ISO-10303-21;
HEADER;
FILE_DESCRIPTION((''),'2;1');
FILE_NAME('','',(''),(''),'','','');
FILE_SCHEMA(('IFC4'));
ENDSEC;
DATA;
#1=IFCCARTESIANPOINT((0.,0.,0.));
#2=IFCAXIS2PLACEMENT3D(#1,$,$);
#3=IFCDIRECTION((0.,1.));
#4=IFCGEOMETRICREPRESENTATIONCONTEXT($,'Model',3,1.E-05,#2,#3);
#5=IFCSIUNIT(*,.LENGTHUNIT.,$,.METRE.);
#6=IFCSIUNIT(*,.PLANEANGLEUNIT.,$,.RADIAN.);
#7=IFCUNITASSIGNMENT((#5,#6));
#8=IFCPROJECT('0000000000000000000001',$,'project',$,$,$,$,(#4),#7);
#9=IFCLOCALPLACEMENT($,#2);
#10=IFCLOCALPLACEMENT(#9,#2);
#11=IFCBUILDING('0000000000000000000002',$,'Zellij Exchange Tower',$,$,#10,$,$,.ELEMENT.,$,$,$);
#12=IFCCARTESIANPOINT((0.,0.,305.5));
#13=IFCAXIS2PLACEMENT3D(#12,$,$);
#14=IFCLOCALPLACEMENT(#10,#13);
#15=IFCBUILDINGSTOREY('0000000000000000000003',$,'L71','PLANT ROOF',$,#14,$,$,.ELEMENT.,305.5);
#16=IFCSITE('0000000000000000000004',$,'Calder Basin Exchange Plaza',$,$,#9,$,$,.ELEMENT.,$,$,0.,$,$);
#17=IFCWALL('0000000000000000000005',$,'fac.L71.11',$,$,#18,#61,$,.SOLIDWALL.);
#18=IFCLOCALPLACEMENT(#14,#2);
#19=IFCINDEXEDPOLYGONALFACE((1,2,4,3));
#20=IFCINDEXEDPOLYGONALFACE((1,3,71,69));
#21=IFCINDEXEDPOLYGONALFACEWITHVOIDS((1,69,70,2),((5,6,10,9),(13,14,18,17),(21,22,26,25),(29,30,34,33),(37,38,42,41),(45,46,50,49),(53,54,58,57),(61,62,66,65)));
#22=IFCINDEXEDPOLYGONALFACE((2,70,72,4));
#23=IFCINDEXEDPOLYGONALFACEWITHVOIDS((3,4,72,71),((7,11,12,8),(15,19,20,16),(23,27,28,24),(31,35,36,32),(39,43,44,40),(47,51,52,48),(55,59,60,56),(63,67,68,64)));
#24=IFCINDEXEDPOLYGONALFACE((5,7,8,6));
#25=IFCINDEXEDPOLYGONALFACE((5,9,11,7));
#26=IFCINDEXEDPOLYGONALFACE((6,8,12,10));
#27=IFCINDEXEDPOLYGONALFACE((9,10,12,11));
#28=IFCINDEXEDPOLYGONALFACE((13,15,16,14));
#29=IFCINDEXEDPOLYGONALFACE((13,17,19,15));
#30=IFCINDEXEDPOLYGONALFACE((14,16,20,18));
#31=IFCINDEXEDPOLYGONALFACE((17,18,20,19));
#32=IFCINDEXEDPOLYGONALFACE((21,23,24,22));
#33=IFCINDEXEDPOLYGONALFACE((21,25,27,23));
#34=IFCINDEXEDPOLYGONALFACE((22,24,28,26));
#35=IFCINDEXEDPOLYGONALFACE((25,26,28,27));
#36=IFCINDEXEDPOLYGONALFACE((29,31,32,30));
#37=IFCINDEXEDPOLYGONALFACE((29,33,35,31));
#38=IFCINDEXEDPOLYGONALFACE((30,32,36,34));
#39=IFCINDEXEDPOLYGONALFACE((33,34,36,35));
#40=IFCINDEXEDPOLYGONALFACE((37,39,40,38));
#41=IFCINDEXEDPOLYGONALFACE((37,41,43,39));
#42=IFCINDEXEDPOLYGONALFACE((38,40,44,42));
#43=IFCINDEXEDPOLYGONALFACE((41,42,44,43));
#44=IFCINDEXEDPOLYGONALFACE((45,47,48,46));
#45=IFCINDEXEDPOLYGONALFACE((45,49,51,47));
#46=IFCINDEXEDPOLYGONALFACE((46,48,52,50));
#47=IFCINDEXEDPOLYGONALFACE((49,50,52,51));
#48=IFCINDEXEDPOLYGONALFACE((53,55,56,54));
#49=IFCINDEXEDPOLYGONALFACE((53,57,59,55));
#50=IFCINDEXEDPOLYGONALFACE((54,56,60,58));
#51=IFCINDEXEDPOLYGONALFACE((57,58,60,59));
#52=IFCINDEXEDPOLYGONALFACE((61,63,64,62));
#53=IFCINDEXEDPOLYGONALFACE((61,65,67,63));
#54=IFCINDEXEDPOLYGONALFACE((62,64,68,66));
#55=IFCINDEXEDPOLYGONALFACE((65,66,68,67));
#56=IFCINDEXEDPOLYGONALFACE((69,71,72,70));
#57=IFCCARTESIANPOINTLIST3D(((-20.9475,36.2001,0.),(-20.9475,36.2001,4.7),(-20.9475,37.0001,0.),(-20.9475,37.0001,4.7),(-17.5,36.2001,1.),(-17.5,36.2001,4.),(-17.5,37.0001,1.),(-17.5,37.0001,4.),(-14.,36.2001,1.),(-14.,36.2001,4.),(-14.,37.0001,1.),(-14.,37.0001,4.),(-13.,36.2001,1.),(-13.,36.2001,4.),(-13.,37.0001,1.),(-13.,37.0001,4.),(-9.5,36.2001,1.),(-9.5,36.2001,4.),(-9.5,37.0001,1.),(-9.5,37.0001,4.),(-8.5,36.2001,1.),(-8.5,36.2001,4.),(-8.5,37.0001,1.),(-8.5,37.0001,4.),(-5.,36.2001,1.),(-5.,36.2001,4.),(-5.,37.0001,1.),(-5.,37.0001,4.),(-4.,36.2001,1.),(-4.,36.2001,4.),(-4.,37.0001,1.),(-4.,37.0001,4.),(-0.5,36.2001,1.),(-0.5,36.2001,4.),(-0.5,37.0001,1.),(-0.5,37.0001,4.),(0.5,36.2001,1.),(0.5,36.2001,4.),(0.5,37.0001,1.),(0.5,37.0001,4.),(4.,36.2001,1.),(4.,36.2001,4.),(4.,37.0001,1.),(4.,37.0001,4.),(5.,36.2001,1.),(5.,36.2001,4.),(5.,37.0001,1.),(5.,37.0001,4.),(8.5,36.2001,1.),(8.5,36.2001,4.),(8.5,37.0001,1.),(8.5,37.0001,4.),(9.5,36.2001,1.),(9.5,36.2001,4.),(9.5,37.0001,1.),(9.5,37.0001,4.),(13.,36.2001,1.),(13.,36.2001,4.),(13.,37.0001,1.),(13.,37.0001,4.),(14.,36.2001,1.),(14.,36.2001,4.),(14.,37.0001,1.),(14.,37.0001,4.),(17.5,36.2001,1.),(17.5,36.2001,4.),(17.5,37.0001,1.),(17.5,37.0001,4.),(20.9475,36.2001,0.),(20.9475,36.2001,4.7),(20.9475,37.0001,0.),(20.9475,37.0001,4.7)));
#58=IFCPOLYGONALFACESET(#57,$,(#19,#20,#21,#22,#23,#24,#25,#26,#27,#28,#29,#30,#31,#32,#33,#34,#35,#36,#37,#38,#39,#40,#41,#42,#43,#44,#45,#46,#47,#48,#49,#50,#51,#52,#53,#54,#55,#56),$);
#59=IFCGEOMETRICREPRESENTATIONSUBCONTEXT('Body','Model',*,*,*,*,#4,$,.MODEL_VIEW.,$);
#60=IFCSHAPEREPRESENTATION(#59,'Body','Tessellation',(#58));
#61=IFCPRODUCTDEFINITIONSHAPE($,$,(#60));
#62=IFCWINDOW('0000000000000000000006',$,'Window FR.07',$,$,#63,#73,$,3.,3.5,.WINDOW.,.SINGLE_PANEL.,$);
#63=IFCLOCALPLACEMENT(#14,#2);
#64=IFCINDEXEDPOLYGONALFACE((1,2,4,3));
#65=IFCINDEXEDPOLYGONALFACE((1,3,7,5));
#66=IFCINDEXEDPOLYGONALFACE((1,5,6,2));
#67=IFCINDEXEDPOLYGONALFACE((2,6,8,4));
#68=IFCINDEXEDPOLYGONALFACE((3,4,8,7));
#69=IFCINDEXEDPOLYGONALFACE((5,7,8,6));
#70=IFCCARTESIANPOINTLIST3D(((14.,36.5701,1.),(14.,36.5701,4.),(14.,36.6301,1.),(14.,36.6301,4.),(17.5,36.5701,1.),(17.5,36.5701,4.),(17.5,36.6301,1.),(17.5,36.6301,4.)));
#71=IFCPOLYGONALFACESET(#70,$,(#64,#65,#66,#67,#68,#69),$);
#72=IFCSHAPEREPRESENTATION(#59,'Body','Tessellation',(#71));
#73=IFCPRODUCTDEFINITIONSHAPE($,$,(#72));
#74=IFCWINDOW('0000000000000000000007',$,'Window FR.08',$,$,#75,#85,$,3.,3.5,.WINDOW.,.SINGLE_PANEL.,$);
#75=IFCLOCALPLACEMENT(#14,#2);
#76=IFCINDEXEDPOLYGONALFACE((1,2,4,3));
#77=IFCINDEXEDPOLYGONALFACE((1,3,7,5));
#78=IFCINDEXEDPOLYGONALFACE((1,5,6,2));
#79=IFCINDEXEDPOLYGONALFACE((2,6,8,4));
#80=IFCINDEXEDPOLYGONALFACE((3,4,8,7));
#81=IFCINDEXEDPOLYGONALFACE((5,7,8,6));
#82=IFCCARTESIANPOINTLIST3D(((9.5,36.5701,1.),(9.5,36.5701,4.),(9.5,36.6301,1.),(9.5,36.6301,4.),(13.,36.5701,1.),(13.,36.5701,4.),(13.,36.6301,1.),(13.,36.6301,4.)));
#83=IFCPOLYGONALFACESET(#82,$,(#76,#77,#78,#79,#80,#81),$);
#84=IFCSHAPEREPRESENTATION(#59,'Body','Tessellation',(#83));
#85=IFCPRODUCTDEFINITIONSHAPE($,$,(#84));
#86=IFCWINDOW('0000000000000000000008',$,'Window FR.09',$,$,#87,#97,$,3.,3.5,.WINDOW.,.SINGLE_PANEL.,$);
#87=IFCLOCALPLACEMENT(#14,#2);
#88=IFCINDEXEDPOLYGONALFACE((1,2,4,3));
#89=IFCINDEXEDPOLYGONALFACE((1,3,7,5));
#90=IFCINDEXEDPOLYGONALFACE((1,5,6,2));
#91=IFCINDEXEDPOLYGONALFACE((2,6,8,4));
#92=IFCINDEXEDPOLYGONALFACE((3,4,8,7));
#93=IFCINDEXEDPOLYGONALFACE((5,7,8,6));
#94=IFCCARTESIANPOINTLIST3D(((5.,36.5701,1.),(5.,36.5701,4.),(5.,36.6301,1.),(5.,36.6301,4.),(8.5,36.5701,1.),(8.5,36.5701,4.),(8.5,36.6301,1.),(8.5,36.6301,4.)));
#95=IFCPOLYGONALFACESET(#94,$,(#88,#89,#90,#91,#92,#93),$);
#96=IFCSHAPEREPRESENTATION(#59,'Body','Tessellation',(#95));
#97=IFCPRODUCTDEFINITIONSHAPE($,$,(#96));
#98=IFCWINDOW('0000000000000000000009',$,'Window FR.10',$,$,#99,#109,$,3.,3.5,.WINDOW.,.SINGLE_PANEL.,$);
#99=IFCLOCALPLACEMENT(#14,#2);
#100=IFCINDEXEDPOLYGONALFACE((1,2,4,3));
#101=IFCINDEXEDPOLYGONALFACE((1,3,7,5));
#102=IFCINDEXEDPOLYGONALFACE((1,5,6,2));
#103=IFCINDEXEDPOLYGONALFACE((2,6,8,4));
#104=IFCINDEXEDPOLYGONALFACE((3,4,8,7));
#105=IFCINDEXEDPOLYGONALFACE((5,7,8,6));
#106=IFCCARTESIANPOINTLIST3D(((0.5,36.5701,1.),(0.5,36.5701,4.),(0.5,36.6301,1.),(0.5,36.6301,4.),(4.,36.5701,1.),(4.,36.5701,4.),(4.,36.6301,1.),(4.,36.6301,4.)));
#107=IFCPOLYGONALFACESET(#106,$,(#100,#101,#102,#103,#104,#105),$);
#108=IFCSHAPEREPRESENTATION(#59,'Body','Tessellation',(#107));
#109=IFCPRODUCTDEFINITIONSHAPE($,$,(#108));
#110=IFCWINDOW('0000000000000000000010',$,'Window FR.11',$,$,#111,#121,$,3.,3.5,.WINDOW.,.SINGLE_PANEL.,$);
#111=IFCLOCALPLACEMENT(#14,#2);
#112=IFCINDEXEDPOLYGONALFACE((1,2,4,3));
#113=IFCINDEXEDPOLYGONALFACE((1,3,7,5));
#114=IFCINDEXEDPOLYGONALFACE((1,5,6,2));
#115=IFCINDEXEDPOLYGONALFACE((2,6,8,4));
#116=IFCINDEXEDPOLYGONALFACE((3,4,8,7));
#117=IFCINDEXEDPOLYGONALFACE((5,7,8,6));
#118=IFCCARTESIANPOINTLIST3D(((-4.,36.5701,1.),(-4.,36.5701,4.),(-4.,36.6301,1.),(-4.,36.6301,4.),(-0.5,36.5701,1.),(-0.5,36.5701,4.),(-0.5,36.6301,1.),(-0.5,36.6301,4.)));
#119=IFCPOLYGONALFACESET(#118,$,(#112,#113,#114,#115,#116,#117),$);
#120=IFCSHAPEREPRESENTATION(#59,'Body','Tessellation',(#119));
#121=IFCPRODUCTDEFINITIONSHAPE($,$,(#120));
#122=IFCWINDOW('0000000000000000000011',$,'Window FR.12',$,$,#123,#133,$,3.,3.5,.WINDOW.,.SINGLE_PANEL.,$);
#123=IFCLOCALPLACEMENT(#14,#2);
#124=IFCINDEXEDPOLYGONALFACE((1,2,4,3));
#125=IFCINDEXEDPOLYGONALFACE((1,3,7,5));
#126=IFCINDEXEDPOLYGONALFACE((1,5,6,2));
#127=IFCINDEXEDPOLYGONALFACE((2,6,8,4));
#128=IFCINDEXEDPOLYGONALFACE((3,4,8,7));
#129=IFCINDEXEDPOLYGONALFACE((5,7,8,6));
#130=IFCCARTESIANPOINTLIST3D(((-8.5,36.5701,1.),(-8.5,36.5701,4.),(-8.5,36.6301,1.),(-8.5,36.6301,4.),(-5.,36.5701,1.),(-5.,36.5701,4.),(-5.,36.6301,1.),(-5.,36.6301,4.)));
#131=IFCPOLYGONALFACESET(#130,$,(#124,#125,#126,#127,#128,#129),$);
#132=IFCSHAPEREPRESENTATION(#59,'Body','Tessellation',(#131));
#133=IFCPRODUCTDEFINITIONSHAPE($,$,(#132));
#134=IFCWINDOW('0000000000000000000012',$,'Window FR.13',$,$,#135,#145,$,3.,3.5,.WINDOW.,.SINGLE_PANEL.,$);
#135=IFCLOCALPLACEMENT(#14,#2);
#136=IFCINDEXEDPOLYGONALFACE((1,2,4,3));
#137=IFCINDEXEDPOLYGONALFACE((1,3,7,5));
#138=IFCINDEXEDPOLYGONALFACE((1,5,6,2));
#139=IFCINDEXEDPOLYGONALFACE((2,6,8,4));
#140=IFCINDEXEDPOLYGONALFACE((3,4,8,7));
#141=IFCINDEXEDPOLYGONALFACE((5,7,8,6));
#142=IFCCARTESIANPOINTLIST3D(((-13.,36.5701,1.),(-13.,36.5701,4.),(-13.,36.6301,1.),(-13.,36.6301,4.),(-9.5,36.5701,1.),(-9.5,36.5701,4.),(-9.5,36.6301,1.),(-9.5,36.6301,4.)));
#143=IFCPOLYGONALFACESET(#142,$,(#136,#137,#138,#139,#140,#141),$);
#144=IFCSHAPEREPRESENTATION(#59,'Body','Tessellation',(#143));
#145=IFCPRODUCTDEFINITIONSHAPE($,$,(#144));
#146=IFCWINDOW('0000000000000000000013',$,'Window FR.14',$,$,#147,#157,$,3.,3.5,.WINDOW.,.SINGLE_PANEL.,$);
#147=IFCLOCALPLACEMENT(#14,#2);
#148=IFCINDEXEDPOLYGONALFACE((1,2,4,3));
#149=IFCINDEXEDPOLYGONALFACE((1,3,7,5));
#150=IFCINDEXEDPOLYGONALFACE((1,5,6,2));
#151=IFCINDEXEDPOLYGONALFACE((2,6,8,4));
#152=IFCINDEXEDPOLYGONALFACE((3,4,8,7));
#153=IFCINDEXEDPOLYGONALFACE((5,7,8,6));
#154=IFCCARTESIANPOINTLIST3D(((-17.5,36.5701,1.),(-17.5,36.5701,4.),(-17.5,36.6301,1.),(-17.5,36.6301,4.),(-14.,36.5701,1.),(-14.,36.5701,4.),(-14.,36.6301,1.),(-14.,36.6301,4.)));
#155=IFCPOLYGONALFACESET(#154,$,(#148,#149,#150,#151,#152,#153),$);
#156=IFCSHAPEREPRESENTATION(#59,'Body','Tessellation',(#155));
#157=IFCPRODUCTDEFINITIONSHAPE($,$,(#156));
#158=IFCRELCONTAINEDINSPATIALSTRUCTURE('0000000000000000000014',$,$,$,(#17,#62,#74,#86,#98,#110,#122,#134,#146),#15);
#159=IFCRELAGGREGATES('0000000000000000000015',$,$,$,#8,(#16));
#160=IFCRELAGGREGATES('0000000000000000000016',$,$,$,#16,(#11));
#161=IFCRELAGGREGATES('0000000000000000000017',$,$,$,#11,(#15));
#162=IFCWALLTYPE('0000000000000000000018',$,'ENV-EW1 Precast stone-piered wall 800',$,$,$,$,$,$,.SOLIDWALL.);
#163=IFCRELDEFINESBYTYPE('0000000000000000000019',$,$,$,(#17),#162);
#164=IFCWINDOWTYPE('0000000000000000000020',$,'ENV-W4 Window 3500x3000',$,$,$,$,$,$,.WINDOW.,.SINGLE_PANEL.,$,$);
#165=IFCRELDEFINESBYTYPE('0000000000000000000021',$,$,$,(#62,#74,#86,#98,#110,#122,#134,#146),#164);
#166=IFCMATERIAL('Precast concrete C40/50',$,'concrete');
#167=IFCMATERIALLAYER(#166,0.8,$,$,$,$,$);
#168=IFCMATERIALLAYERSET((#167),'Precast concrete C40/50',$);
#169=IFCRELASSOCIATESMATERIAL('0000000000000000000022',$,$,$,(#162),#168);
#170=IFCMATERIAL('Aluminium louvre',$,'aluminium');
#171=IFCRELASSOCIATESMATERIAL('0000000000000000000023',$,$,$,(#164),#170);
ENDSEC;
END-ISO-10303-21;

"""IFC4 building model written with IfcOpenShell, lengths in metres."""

from ifc_helpers import new_model, si_unit, direction, frame, frame_2d, origin, place, context, subcontext, project, spatial, rectangle, extrude, material, layer, layer_set, type_object, element, fill, save


model = new_model("IFC4")

# Units and contexts
model_context = context("Model", 3, precision=1e-05, world=origin(), true_north=direction((0.0, 1.0)))
body_context = subcontext(model_context, "Body", "Model", "MODEL_VIEW")
ifc_project = project(units=[si_unit("LENGTHUNIT", "METRE"), si_unit("PLANEANGLEUNIT", "RADIAN")], contexts=[model_context])

# Site, building, storey
site_placement = place(None, origin())
site = spatial("IfcSite", under=ifc_project, at=site_placement, Name="Calder Basin Exchange Plaza", CompositionType="ELEMENT", RefElevation=0.0)
building_placement = place(site_placement, origin())
building = spatial("IfcBuilding", under=site, at=building_placement, Name="Zellij Exchange Tower", CompositionType="ELEMENT")
storey_placement = place(building_placement, frame((0.0, 0.0, 305.5)))
storey = spatial("IfcBuildingStorey", under=building, at=storey_placement, Name="L71", Description="PLANT ROOF", CompositionType="ELEMENT", Elevation=305.5)

# Wall, openings, windows
ifc_material_1 = material(Name="Precast concrete C40/50", Category="concrete")
ifc_layer_1 = layer(ifc_material_1, 0.8)
ifc_layer_set_1 = layer_set([ifc_layer_1], Name="Precast concrete C40/50")
wall_type = type_object("IfcWallType", Name="ENV-EW1 Precast stone-piered wall 800", PredefinedType="SOLIDWALL", material=ifc_layer_set_1)
wall_placement = place(storey_placement, frame((20.9475, 36.6001, 0.0), z_axis=(0.0, 0.0, 1.0), x_axis=(-1.0, 0.0, 0.0)))
wall = element("IfcWall", 1, at=wall_placement, inside=storey, type_object=wall_type, Name="fac.L71.11", PredefinedType="SOLIDWALL", context=body_context, shape_type="SweptSolid", body=[
    extrude(rectangle(XDim=41.895, YDim=0.8, at=frame_2d((20.9475, 0.0))), origin(), (0.0, 0.0, 1.0), 4.7),
])
opening_1_placement = place(wall_placement, frame((3.4475, 0.0, 1.0)))
opening_1 = element("IfcOpeningElement", 2, at=opening_1_placement, cuts=wall, PredefinedType="OPENING", context=body_context, shape_type="SweptSolid", body=[
    extrude(rectangle(XDim=3.5, YDim=3.0, at=frame_2d((1.75, 1.5))), frame((0.0, 0.4121, 0.0), z_axis=(0.0, -1.0, 0.0), x_axis=(1.0, 0.0, 0.0)), (0.0, 0.0, 1.0), 0.824),
])
opening_2_placement = place(wall_placement, frame((7.9475, 0.0, 1.0)))
opening_2 = element("IfcOpeningElement", 3, at=opening_2_placement, cuts=wall, PredefinedType="OPENING", context=body_context, shape_type="SweptSolid", body=[
    extrude(rectangle(XDim=3.5, YDim=3.0, at=frame_2d((1.75, 1.5))), frame((0.0, 0.4121, 0.0), z_axis=(0.0, -1.0, 0.0), x_axis=(1.0, 0.0, 0.0)), (0.0, 0.0, 1.0), 0.824),
])
opening_3_placement = place(wall_placement, frame((12.4475, 0.0, 1.0)))
opening_3 = element("IfcOpeningElement", 4, at=opening_3_placement, cuts=wall, PredefinedType="OPENING", context=body_context, shape_type="SweptSolid", body=[
    extrude(rectangle(XDim=3.5, YDim=3.0, at=frame_2d((1.75, 1.5))), frame((0.0, 0.4121, 0.0), z_axis=(0.0, -1.0, 0.0), x_axis=(1.0, 0.0, 0.0)), (0.0, 0.0, 1.0), 0.824),
])
opening_4_placement = place(wall_placement, frame((16.9475, 0.0, 1.0)))
opening_4 = element("IfcOpeningElement", 5, at=opening_4_placement, cuts=wall, PredefinedType="OPENING", context=body_context, shape_type="SweptSolid", body=[
    extrude(rectangle(XDim=3.5, YDim=3.0, at=frame_2d((1.75, 1.5))), frame((0.0, 0.4121, 0.0), z_axis=(0.0, -1.0, 0.0), x_axis=(1.0, 0.0, 0.0)), (0.0, 0.0, 1.0), 0.824),
])
opening_5_placement = place(wall_placement, frame((21.4475, 0.0, 1.0)))
opening_5 = element("IfcOpeningElement", 6, at=opening_5_placement, cuts=wall, PredefinedType="OPENING", context=body_context, shape_type="SweptSolid", body=[
    extrude(rectangle(XDim=3.5, YDim=3.0, at=frame_2d((1.75, 1.5))), frame((0.0, 0.4121, 0.0), z_axis=(0.0, -1.0, 0.0), x_axis=(1.0, 0.0, 0.0)), (0.0, 0.0, 1.0), 0.824),
])
opening_6_placement = place(wall_placement, frame((25.9475, 0.0, 1.0)))
opening_6 = element("IfcOpeningElement", 7, at=opening_6_placement, cuts=wall, PredefinedType="OPENING", context=body_context, shape_type="SweptSolid", body=[
    extrude(rectangle(XDim=3.5, YDim=3.0, at=frame_2d((1.75, 1.5))), frame((0.0, 0.4121, 0.0), z_axis=(0.0, -1.0, 0.0), x_axis=(1.0, 0.0, 0.0)), (0.0, 0.0, 1.0), 0.824),
])
opening_7_placement = place(wall_placement, frame((30.4475, 0.0, 1.0)))
opening_7 = element("IfcOpeningElement", 8, at=opening_7_placement, cuts=wall, PredefinedType="OPENING", context=body_context, shape_type="SweptSolid", body=[
    extrude(rectangle(XDim=3.5, YDim=3.0, at=frame_2d((1.75, 1.5))), frame((0.0, 0.4121, 0.0), z_axis=(0.0, -1.0, 0.0), x_axis=(1.0, 0.0, 0.0)), (0.0, 0.0, 1.0), 0.824),
])
opening_8_placement = place(wall_placement, frame((34.9475, 0.0, 1.0)))
opening_8 = element("IfcOpeningElement", 9, at=opening_8_placement, cuts=wall, PredefinedType="OPENING", context=body_context, shape_type="SweptSolid", body=[
    extrude(rectangle(XDim=3.5, YDim=3.0, at=frame_2d((1.75, 1.5))), frame((0.0, 0.4121, 0.0), z_axis=(0.0, -1.0, 0.0), x_axis=(1.0, 0.0, 0.0)), (0.0, 0.0, 1.0), 0.824),
])
ifc_material_2 = material(Name="Aluminium louvre", Category="aluminium")
window_type = type_object("IfcWindowType", Name="ENV-W4 Window 3500x3000", PartitioningType="SINGLE_PANEL", PredefinedType="WINDOW", material=ifc_material_2)
window_1_placement = place(opening_1_placement, origin())
window_1 = element("IfcWindow", 10, at=window_1_placement, inside=storey, type_object=window_type, Name="Window FR.07", OverallHeight=3.0, OverallWidth=3.5, PartitioningType="SINGLE_PANEL", PredefinedType="WINDOW", context=body_context, shape_type="SweptSolid", body=[
    extrude(rectangle(XDim=3.5, YDim=3.0, at=frame_2d((1.75, 1.5))), frame((0.0, 0.03, 0.0), z_axis=(0.0, -1.0, 0.0), x_axis=(1.0, 0.0, 0.0)), (0.0, 0.0, 1.0), 0.0601),
])
fill(opening_1, window_1)
window_2_placement = place(opening_2_placement, origin())
window_2 = element("IfcWindow", 11, at=window_2_placement, inside=storey, type_object=window_type, Name="Window FR.08", OverallHeight=3.0, OverallWidth=3.5, PartitioningType="SINGLE_PANEL", PredefinedType="WINDOW", context=body_context, shape_type="SweptSolid", body=[
    extrude(rectangle(XDim=3.5, YDim=3.0, at=frame_2d((1.75, 1.5))), frame((0.0, 0.03, 0.0), z_axis=(0.0, -1.0, 0.0), x_axis=(1.0, 0.0, 0.0)), (0.0, 0.0, 1.0), 0.0601),
])
fill(opening_2, window_2)
window_3_placement = place(opening_3_placement, origin())
window_3 = element("IfcWindow", 12, at=window_3_placement, inside=storey, type_object=window_type, Name="Window FR.09", OverallHeight=3.0, OverallWidth=3.5, PartitioningType="SINGLE_PANEL", PredefinedType="WINDOW", context=body_context, shape_type="SweptSolid", body=[
    extrude(rectangle(XDim=3.5, YDim=3.0, at=frame_2d((1.75, 1.5))), frame((0.0, 0.03, 0.0), z_axis=(0.0, -1.0, 0.0), x_axis=(1.0, 0.0, 0.0)), (0.0, 0.0, 1.0), 0.0601),
])
fill(opening_3, window_3)
window_4_placement = place(opening_4_placement, origin())
window_4 = element("IfcWindow", 13, at=window_4_placement, inside=storey, type_object=window_type, Name="Window FR.10", OverallHeight=3.0, OverallWidth=3.5, PartitioningType="SINGLE_PANEL", PredefinedType="WINDOW", context=body_context, shape_type="SweptSolid", body=[
    extrude(rectangle(XDim=3.5, YDim=3.0, at=frame_2d((1.75, 1.5))), frame((0.0, 0.03, 0.0), z_axis=(0.0, -1.0, 0.0), x_axis=(1.0, 0.0, 0.0)), (0.0, 0.0, 1.0), 0.0601),
])
fill(opening_4, window_4)
window_5_placement = place(opening_5_placement, origin())
window_5 = element("IfcWindow", 14, at=window_5_placement, inside=storey, type_object=window_type, Name="Window FR.11", OverallHeight=3.0, OverallWidth=3.5, PartitioningType="SINGLE_PANEL", PredefinedType="WINDOW", context=body_context, shape_type="SweptSolid", body=[
    extrude(rectangle(XDim=3.5, YDim=3.0, at=frame_2d((1.75, 1.5))), frame((0.0, 0.03, 0.0), z_axis=(0.0, -1.0, 0.0), x_axis=(1.0, 0.0, 0.0)), (0.0, 0.0, 1.0), 0.0601),
])
fill(opening_5, window_5)
window_6_placement = place(opening_6_placement, origin())
window_6 = element("IfcWindow", 15, at=window_6_placement, inside=storey, type_object=window_type, Name="Window FR.12", OverallHeight=3.0, OverallWidth=3.5, PartitioningType="SINGLE_PANEL", PredefinedType="WINDOW", context=body_context, shape_type="SweptSolid", body=[
    extrude(rectangle(XDim=3.5, YDim=3.0, at=frame_2d((1.75, 1.5))), frame((0.0, 0.03, 0.0), z_axis=(0.0, -1.0, 0.0), x_axis=(1.0, 0.0, 0.0)), (0.0, 0.0, 1.0), 0.0601),
])
fill(opening_6, window_6)
window_7_placement = place(opening_7_placement, origin())
window_7 = element("IfcWindow", 16, at=window_7_placement, inside=storey, type_object=window_type, Name="Window FR.13", OverallHeight=3.0, OverallWidth=3.5, PartitioningType="SINGLE_PANEL", PredefinedType="WINDOW", context=body_context, shape_type="SweptSolid", body=[
    extrude(rectangle(XDim=3.5, YDim=3.0, at=frame_2d((1.75, 1.5))), frame((0.0, 0.03, 0.0), z_axis=(0.0, -1.0, 0.0), x_axis=(1.0, 0.0, 0.0)), (0.0, 0.0, 1.0), 0.0601),
])
fill(opening_7, window_7)
window_8_placement = place(opening_8_placement, origin())
window_8 = element("IfcWindow", 17, at=window_8_placement, inside=storey, type_object=window_type, Name="Window FR.14", OverallHeight=3.0, OverallWidth=3.5, PartitioningType="SINGLE_PANEL", PredefinedType="WINDOW", context=body_context, shape_type="SweptSolid", body=[
    extrude(rectangle(XDim=3.5, YDim=3.0, at=frame_2d((1.75, 1.5))), frame((0.0, 0.03, 0.0), z_axis=(0.0, -1.0, 0.0), x_axis=(1.0, 0.0, 0.0)), (0.0, 0.0, 1.0), 0.0601),
])
fill(opening_8, window_8)

save(model, "model.ifc")
